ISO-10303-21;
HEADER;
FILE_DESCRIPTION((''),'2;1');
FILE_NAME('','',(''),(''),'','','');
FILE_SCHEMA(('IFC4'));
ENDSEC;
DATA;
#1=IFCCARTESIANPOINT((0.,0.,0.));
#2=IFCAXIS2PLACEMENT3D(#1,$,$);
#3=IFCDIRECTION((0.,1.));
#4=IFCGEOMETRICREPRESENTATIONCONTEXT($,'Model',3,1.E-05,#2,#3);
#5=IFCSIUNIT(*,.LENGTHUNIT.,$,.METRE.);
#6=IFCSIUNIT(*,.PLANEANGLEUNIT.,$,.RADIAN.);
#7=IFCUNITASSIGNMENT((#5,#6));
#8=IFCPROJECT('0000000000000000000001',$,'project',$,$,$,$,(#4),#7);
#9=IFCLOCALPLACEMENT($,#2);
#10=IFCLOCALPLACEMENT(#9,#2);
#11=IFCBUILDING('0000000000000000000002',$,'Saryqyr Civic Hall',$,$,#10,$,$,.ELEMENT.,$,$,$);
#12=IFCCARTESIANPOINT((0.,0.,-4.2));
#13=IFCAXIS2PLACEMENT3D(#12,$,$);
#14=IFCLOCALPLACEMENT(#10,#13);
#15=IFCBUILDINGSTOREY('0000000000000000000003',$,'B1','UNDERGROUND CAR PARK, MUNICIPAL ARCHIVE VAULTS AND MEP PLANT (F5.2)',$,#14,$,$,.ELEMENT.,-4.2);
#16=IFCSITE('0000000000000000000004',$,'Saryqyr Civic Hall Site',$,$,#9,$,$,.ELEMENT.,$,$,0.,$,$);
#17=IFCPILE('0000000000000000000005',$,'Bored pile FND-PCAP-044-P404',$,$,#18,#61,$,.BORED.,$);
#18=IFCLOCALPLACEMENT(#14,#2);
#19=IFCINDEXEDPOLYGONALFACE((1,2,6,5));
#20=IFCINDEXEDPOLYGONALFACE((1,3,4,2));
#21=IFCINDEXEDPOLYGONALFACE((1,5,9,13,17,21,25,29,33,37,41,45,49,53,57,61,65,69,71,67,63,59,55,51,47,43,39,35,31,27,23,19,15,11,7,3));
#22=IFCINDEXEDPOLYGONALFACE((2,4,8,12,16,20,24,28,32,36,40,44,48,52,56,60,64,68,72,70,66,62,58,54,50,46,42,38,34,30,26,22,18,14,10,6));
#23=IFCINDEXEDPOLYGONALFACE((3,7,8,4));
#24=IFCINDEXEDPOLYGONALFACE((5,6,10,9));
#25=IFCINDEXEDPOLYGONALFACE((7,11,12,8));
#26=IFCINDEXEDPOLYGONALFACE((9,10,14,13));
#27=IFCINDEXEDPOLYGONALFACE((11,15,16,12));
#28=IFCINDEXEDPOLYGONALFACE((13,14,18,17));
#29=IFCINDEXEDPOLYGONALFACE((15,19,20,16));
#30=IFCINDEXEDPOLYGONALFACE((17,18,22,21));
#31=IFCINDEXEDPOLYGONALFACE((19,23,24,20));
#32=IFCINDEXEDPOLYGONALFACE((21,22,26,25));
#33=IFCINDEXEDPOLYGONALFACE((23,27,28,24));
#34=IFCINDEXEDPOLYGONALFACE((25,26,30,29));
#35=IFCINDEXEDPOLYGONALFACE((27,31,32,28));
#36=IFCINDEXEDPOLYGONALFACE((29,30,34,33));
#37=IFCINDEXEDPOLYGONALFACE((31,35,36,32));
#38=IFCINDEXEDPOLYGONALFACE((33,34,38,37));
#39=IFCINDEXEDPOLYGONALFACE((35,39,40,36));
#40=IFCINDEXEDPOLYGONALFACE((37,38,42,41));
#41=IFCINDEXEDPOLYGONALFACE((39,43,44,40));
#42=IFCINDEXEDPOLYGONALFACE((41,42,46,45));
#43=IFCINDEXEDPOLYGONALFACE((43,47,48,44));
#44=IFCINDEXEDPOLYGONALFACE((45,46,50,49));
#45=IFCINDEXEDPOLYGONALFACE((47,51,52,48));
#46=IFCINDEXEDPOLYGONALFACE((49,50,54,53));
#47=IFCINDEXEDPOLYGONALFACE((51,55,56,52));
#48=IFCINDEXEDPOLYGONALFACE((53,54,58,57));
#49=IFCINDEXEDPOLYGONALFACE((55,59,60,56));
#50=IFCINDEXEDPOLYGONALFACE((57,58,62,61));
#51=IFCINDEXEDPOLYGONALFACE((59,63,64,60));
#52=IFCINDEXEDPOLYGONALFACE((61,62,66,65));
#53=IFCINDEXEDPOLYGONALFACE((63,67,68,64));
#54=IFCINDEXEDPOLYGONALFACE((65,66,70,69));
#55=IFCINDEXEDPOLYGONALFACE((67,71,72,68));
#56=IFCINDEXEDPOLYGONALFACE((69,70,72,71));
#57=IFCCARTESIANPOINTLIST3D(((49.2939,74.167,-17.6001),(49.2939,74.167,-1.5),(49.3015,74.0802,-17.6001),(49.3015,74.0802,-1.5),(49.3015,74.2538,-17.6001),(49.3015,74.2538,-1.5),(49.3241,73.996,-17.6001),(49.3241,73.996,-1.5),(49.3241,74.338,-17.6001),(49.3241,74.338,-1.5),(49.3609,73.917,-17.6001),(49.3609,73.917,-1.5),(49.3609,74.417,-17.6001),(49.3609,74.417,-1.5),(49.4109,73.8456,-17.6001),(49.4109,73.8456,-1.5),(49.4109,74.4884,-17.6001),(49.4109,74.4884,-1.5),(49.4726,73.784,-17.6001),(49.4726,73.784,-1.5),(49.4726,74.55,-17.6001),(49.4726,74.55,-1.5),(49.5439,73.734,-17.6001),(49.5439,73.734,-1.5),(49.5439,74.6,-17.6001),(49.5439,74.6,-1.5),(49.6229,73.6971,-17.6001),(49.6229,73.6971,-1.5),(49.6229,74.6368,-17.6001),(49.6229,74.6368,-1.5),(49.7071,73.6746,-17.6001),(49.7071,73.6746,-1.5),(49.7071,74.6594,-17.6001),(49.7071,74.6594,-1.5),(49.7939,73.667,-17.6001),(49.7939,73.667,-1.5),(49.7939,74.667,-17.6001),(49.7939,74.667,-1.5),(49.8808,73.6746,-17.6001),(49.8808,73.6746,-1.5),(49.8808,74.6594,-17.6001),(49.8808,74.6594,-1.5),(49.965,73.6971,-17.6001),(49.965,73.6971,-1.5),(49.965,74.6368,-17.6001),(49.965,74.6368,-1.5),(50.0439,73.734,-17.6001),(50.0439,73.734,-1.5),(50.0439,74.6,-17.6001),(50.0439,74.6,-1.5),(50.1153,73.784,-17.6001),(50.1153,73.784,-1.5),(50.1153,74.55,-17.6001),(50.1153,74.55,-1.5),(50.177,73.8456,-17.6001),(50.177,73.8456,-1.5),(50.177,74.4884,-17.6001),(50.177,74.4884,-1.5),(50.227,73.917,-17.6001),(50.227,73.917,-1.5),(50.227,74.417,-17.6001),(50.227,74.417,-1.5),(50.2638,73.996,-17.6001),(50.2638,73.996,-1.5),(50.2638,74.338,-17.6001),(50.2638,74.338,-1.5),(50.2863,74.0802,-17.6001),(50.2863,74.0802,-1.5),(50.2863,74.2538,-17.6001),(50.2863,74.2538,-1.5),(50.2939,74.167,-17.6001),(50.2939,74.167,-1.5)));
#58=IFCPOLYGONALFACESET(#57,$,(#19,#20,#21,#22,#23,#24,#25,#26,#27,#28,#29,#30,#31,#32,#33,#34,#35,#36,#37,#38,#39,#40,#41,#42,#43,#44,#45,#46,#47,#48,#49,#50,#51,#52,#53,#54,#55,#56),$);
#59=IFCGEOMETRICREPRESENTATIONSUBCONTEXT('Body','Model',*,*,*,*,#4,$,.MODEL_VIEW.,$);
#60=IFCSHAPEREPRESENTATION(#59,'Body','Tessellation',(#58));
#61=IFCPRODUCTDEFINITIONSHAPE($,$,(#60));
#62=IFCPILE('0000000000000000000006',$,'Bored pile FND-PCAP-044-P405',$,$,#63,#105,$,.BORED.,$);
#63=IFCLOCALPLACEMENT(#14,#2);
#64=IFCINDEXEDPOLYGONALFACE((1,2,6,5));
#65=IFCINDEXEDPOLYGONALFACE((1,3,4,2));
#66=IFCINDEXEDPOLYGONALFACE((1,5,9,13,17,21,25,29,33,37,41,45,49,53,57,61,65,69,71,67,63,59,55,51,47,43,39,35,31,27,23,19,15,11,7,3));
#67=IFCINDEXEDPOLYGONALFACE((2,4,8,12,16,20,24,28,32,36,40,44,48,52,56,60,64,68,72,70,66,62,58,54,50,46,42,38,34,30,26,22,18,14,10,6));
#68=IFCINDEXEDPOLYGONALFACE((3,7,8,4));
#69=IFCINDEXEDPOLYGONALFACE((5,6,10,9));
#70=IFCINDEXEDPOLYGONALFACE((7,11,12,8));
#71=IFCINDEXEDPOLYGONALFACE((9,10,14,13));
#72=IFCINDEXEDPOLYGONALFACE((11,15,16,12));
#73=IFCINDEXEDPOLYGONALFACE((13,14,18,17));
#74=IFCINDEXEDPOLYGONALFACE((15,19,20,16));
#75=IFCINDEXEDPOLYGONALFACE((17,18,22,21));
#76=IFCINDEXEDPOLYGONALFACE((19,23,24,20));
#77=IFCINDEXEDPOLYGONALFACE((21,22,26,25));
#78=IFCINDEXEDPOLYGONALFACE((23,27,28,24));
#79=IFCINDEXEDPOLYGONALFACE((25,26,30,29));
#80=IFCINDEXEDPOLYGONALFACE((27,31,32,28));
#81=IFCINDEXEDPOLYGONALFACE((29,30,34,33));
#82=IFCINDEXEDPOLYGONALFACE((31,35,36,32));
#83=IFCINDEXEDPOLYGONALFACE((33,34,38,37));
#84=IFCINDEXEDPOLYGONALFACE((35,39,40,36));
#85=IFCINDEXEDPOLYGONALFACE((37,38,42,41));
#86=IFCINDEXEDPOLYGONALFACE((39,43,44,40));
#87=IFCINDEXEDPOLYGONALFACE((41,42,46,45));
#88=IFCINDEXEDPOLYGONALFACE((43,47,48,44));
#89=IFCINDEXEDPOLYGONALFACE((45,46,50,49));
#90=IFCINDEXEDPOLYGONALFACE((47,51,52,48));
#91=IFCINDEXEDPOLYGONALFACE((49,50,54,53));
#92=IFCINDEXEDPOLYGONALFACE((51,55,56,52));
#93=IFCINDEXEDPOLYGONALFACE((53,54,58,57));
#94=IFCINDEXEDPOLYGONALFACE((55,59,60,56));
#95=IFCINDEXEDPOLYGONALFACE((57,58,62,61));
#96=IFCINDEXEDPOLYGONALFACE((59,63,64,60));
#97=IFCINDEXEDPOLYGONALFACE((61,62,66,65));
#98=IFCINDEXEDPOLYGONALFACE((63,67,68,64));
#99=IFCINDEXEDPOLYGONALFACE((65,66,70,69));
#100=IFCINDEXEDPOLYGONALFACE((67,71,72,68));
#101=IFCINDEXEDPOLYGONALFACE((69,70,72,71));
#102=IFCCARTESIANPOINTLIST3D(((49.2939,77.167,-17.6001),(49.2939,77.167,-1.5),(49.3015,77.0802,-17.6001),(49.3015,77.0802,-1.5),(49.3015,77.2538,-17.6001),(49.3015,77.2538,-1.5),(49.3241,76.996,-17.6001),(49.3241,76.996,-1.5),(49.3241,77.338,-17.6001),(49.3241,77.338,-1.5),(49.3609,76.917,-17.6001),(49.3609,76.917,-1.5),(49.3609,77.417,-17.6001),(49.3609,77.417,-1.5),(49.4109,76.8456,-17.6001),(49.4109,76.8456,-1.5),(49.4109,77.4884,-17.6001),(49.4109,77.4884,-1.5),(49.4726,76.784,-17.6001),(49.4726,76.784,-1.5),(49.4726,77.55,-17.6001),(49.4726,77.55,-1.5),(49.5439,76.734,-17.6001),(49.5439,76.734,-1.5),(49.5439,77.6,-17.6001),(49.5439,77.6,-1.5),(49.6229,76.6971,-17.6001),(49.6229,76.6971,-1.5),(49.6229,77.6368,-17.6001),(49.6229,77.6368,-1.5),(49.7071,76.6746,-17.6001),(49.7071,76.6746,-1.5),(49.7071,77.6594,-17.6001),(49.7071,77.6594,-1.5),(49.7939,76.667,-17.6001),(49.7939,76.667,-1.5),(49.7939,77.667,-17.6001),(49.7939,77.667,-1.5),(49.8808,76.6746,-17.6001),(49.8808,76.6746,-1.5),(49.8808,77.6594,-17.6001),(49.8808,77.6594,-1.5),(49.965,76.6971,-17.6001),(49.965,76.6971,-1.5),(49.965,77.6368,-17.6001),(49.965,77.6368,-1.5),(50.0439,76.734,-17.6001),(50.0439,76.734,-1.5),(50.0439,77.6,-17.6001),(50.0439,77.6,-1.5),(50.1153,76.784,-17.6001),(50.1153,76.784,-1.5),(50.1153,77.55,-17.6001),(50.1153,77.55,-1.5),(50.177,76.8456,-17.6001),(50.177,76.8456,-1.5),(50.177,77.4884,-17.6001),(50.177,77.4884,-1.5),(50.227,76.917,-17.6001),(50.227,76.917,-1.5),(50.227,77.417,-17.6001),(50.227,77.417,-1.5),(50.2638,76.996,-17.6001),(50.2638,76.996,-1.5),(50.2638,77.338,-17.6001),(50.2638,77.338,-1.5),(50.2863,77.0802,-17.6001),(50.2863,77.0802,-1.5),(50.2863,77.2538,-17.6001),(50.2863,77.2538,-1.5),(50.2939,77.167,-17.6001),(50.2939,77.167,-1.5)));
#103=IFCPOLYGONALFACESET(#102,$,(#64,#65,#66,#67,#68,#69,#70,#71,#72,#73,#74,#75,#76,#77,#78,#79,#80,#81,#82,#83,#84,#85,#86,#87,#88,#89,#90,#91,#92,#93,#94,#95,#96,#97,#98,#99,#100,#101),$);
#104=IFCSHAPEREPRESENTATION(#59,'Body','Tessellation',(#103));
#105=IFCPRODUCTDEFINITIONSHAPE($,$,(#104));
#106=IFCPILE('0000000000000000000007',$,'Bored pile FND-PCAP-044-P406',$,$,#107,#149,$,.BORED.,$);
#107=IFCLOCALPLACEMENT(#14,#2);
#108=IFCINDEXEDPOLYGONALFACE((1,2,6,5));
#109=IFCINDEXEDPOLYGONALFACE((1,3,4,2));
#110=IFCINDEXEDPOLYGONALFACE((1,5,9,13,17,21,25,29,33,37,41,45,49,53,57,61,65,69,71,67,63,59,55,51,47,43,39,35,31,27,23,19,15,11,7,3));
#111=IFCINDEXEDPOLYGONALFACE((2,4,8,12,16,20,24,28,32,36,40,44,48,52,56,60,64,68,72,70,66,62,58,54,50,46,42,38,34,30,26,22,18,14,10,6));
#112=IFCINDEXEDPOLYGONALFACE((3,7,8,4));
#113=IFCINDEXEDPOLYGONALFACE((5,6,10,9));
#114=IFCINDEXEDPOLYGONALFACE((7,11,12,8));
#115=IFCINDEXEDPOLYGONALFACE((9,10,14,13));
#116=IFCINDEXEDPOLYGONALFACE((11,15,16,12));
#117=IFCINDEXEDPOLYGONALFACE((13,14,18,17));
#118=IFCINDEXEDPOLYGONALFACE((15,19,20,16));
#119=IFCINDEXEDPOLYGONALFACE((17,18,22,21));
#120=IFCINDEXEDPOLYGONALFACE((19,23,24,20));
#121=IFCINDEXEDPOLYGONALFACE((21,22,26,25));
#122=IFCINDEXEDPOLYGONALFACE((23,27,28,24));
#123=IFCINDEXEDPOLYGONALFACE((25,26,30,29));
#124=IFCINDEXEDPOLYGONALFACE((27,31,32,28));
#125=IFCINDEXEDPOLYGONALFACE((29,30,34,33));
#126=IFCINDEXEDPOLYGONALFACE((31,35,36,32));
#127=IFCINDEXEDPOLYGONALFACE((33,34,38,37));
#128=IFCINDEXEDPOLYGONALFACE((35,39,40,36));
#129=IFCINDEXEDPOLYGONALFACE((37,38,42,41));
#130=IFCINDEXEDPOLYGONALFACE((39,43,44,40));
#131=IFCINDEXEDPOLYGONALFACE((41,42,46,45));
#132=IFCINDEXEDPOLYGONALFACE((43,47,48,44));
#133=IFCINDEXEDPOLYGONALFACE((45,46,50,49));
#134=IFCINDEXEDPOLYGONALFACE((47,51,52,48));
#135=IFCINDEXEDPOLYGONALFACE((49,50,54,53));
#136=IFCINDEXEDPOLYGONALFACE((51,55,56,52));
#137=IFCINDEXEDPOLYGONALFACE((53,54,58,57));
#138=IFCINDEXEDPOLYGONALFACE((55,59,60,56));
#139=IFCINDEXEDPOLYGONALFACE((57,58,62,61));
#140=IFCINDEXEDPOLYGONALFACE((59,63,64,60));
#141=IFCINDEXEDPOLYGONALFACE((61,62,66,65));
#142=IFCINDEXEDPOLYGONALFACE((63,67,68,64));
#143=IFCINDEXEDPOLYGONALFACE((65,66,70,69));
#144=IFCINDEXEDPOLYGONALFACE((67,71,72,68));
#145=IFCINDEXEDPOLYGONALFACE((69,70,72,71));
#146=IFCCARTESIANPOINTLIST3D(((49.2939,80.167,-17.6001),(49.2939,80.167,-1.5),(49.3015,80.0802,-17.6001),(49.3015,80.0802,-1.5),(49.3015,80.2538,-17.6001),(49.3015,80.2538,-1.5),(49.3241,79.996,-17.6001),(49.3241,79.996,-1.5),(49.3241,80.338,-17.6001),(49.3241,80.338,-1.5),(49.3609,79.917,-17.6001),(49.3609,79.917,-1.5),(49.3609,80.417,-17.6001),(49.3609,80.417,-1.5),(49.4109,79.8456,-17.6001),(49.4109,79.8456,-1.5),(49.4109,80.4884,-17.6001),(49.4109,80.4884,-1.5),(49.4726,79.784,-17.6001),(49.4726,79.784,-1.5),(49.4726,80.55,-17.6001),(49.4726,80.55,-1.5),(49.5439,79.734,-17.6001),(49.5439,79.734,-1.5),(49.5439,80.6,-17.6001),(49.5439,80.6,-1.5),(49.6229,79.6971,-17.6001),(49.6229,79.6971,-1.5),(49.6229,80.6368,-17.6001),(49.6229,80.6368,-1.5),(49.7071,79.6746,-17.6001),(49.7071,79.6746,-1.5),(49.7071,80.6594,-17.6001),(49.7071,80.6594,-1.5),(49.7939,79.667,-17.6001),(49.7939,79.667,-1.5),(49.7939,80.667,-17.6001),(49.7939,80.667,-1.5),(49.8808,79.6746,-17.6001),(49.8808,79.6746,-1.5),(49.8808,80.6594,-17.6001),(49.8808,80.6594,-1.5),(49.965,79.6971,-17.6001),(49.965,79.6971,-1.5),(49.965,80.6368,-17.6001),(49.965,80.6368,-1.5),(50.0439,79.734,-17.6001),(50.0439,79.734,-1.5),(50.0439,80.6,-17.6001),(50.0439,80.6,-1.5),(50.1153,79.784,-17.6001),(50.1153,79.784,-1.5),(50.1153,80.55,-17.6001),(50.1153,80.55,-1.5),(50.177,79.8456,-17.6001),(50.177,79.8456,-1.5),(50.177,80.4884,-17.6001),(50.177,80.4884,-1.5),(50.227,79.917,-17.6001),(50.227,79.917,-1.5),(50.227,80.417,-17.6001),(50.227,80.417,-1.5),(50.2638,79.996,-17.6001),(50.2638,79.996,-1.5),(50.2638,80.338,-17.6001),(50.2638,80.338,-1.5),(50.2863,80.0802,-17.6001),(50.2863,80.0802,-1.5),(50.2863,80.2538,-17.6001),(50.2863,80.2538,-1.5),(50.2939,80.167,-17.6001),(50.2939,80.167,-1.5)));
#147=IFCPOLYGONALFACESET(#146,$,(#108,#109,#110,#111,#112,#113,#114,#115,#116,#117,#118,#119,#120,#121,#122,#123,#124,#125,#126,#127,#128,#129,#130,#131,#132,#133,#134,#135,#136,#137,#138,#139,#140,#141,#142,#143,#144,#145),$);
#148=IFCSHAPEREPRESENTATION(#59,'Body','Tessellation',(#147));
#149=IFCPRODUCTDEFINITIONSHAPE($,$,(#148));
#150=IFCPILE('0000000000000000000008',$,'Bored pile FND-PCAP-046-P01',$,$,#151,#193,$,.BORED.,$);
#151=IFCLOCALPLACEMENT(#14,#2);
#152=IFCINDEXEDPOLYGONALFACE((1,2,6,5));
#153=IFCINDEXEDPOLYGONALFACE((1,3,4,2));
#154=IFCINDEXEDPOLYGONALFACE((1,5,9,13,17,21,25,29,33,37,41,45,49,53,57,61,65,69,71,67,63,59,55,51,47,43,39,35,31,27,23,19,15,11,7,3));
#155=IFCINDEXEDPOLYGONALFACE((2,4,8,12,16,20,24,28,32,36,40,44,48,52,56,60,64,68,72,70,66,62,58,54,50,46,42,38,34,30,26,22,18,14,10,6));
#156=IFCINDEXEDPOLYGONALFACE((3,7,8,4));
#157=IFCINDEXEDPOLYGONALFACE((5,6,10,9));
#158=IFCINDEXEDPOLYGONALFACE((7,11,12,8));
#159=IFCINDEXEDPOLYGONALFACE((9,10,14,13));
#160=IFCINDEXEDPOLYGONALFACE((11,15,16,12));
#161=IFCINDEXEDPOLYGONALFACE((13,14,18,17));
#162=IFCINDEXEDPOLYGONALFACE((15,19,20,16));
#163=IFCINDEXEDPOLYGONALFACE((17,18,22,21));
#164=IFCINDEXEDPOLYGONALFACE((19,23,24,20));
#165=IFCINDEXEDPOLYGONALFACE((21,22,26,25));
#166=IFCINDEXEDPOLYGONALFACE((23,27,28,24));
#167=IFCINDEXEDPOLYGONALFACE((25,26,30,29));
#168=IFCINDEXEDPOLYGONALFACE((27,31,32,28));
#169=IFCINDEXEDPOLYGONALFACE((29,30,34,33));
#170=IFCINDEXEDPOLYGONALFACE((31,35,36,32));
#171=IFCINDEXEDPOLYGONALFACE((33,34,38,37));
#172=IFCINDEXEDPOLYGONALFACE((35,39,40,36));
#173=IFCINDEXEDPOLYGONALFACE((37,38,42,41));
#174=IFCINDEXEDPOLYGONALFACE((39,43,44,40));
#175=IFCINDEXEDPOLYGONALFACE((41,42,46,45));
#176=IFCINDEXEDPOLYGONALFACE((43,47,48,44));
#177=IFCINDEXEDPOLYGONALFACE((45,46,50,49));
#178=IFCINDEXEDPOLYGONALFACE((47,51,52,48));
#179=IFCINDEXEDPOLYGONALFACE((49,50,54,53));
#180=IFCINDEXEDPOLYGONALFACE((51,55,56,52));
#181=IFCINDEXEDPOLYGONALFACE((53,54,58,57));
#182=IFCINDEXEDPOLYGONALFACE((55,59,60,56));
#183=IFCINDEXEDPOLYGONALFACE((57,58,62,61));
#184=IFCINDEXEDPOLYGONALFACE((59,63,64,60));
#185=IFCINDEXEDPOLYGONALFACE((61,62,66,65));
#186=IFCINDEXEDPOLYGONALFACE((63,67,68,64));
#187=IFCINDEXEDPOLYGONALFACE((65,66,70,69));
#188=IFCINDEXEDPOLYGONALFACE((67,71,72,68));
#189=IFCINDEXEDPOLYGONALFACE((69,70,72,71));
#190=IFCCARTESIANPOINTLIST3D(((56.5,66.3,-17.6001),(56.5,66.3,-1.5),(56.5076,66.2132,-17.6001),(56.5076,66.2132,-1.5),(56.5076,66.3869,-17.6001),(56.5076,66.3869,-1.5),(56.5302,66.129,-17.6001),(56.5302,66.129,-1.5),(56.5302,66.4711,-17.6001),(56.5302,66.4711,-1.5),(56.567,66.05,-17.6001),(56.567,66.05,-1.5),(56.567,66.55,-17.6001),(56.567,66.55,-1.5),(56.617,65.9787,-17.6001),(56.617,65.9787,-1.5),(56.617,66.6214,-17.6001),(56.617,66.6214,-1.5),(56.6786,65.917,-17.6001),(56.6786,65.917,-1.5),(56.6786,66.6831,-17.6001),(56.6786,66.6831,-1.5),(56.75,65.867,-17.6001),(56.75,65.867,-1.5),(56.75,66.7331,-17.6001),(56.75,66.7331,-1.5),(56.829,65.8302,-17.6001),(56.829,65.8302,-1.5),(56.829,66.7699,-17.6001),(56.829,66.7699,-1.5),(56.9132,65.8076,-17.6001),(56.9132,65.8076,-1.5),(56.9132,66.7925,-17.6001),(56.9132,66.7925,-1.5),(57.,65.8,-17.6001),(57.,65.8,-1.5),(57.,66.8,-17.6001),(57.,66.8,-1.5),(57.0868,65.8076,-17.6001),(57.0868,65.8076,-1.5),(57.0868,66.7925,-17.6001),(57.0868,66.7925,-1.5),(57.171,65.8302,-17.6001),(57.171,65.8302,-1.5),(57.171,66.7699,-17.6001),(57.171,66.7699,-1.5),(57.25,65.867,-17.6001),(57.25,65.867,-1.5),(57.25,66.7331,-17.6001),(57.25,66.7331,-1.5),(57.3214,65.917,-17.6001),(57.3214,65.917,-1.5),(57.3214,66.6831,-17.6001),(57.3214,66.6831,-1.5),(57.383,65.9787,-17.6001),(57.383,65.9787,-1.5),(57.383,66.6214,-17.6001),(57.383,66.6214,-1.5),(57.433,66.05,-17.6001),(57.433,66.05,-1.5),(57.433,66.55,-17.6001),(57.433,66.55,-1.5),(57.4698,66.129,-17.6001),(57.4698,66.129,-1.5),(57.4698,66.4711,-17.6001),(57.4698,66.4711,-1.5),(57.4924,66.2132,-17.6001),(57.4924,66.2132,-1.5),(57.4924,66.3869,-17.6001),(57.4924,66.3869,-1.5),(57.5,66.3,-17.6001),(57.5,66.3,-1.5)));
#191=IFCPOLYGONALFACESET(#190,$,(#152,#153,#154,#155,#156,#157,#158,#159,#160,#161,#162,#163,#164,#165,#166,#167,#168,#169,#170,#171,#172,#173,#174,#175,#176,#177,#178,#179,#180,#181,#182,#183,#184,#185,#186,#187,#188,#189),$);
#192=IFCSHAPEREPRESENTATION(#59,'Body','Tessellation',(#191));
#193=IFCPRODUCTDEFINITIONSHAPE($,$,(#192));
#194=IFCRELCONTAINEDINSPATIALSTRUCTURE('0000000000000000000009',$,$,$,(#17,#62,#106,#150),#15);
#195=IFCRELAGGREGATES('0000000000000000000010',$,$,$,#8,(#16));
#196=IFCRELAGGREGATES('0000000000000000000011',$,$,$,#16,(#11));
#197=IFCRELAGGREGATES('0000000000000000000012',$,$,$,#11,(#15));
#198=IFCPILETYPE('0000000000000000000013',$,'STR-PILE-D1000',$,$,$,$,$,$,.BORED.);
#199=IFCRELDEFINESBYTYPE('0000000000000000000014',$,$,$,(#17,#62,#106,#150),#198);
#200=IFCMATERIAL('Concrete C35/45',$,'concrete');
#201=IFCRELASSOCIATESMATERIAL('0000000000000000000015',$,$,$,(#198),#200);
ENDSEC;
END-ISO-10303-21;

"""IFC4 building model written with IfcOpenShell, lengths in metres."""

from ifc_helpers import new_model, si_unit, direction, frame, origin, origin_2d, place, context, subcontext, project, spatial, circle, extrude, material, material_profile, profile_set, type_object, element, save


model = new_model("IFC4")

# Units and contexts
model_context = context("Model", 3, precision=1e-05, world=origin(), true_north=direction((0.0, 1.0)))
body_context = subcontext(model_context, "Body", "Model", "MODEL_VIEW")
ifc_project = project(units=[si_unit("LENGTHUNIT", "METRE"), si_unit("PLANEANGLEUNIT", "RADIAN")], contexts=[model_context])

# Site, building, storey
site_placement = place(None, origin())
site = spatial("IfcSite", under=ifc_project, at=site_placement, Name="Saryqyr Civic Hall Site", CompositionType="ELEMENT", RefElevation=0.0)
building_placement = place(site_placement, origin())
building = spatial("IfcBuilding", under=site, at=building_placement, Name="Saryqyr Civic Hall", CompositionType="ELEMENT")
storey_placement = place(building_placement, frame((0.0, 0.0, -4.2)))
storey = spatial("IfcBuildingStorey", under=building, at=storey_placement, Name="B1", Description="UNDERGROUND CAR PARK, MUNICIPAL ARCHIVE VAULTS AND MEP PLANT (F5.2)", CompositionType="ELEMENT", Elevation=-4.2)

# Shared definitions
ifc_material_1 = material(Name="Concrete C35/45", Category="concrete")

# Piles
ifc_material_profile_1 = material_profile(ifc_material_1, circle(Radius=0.5, at=origin_2d()), Name="BORED PILE D1000")
ifc_profile_set_1 = profile_set([ifc_material_profile_1], Name="Concrete C35/45")
pile_type = type_object("IfcPileType", Name="STR-PILE-D1000", PredefinedType="BORED", material=ifc_profile_set_1)
for number, where, z_axis, x_axis, name in (
    (1, (49.7939, 74.167, -1.5), (0.0, 0.0, -1.0), (1.0, 0.0, 0.0), "Bored pile FND-PCAP-044-P404"),
    (2, (49.7939, 77.167, -1.5), (0.0, 0.0, -1.0), (1.0, 0.0, 0.0), "Bored pile FND-PCAP-044-P405"),
    (3, (49.7939, 80.167, -1.5), (0.0, 0.0, -1.0), (1.0, 0.0, 0.0), "Bored pile FND-PCAP-044-P406"),
    (4, (57.0, 66.3, -1.5), (0.0, 0.0, -1.0), (1.0, 0.0, 0.0), "Bored pile FND-PCAP-046-P01"),
):
    element("IfcPile", number, at=place(storey_placement, frame(where, z_axis=z_axis, x_axis=x_axis)), inside=storey, type_object=pile_type, Name=name, PredefinedType="BORED", context=body_context, shape_type="SweptSolid", body=[
        extrude(circle(Radius=0.5, at=origin_2d()), origin(), (0.0, 0.0, 1.0), 16.1001),
    ])

save(model, "model.ifc")
